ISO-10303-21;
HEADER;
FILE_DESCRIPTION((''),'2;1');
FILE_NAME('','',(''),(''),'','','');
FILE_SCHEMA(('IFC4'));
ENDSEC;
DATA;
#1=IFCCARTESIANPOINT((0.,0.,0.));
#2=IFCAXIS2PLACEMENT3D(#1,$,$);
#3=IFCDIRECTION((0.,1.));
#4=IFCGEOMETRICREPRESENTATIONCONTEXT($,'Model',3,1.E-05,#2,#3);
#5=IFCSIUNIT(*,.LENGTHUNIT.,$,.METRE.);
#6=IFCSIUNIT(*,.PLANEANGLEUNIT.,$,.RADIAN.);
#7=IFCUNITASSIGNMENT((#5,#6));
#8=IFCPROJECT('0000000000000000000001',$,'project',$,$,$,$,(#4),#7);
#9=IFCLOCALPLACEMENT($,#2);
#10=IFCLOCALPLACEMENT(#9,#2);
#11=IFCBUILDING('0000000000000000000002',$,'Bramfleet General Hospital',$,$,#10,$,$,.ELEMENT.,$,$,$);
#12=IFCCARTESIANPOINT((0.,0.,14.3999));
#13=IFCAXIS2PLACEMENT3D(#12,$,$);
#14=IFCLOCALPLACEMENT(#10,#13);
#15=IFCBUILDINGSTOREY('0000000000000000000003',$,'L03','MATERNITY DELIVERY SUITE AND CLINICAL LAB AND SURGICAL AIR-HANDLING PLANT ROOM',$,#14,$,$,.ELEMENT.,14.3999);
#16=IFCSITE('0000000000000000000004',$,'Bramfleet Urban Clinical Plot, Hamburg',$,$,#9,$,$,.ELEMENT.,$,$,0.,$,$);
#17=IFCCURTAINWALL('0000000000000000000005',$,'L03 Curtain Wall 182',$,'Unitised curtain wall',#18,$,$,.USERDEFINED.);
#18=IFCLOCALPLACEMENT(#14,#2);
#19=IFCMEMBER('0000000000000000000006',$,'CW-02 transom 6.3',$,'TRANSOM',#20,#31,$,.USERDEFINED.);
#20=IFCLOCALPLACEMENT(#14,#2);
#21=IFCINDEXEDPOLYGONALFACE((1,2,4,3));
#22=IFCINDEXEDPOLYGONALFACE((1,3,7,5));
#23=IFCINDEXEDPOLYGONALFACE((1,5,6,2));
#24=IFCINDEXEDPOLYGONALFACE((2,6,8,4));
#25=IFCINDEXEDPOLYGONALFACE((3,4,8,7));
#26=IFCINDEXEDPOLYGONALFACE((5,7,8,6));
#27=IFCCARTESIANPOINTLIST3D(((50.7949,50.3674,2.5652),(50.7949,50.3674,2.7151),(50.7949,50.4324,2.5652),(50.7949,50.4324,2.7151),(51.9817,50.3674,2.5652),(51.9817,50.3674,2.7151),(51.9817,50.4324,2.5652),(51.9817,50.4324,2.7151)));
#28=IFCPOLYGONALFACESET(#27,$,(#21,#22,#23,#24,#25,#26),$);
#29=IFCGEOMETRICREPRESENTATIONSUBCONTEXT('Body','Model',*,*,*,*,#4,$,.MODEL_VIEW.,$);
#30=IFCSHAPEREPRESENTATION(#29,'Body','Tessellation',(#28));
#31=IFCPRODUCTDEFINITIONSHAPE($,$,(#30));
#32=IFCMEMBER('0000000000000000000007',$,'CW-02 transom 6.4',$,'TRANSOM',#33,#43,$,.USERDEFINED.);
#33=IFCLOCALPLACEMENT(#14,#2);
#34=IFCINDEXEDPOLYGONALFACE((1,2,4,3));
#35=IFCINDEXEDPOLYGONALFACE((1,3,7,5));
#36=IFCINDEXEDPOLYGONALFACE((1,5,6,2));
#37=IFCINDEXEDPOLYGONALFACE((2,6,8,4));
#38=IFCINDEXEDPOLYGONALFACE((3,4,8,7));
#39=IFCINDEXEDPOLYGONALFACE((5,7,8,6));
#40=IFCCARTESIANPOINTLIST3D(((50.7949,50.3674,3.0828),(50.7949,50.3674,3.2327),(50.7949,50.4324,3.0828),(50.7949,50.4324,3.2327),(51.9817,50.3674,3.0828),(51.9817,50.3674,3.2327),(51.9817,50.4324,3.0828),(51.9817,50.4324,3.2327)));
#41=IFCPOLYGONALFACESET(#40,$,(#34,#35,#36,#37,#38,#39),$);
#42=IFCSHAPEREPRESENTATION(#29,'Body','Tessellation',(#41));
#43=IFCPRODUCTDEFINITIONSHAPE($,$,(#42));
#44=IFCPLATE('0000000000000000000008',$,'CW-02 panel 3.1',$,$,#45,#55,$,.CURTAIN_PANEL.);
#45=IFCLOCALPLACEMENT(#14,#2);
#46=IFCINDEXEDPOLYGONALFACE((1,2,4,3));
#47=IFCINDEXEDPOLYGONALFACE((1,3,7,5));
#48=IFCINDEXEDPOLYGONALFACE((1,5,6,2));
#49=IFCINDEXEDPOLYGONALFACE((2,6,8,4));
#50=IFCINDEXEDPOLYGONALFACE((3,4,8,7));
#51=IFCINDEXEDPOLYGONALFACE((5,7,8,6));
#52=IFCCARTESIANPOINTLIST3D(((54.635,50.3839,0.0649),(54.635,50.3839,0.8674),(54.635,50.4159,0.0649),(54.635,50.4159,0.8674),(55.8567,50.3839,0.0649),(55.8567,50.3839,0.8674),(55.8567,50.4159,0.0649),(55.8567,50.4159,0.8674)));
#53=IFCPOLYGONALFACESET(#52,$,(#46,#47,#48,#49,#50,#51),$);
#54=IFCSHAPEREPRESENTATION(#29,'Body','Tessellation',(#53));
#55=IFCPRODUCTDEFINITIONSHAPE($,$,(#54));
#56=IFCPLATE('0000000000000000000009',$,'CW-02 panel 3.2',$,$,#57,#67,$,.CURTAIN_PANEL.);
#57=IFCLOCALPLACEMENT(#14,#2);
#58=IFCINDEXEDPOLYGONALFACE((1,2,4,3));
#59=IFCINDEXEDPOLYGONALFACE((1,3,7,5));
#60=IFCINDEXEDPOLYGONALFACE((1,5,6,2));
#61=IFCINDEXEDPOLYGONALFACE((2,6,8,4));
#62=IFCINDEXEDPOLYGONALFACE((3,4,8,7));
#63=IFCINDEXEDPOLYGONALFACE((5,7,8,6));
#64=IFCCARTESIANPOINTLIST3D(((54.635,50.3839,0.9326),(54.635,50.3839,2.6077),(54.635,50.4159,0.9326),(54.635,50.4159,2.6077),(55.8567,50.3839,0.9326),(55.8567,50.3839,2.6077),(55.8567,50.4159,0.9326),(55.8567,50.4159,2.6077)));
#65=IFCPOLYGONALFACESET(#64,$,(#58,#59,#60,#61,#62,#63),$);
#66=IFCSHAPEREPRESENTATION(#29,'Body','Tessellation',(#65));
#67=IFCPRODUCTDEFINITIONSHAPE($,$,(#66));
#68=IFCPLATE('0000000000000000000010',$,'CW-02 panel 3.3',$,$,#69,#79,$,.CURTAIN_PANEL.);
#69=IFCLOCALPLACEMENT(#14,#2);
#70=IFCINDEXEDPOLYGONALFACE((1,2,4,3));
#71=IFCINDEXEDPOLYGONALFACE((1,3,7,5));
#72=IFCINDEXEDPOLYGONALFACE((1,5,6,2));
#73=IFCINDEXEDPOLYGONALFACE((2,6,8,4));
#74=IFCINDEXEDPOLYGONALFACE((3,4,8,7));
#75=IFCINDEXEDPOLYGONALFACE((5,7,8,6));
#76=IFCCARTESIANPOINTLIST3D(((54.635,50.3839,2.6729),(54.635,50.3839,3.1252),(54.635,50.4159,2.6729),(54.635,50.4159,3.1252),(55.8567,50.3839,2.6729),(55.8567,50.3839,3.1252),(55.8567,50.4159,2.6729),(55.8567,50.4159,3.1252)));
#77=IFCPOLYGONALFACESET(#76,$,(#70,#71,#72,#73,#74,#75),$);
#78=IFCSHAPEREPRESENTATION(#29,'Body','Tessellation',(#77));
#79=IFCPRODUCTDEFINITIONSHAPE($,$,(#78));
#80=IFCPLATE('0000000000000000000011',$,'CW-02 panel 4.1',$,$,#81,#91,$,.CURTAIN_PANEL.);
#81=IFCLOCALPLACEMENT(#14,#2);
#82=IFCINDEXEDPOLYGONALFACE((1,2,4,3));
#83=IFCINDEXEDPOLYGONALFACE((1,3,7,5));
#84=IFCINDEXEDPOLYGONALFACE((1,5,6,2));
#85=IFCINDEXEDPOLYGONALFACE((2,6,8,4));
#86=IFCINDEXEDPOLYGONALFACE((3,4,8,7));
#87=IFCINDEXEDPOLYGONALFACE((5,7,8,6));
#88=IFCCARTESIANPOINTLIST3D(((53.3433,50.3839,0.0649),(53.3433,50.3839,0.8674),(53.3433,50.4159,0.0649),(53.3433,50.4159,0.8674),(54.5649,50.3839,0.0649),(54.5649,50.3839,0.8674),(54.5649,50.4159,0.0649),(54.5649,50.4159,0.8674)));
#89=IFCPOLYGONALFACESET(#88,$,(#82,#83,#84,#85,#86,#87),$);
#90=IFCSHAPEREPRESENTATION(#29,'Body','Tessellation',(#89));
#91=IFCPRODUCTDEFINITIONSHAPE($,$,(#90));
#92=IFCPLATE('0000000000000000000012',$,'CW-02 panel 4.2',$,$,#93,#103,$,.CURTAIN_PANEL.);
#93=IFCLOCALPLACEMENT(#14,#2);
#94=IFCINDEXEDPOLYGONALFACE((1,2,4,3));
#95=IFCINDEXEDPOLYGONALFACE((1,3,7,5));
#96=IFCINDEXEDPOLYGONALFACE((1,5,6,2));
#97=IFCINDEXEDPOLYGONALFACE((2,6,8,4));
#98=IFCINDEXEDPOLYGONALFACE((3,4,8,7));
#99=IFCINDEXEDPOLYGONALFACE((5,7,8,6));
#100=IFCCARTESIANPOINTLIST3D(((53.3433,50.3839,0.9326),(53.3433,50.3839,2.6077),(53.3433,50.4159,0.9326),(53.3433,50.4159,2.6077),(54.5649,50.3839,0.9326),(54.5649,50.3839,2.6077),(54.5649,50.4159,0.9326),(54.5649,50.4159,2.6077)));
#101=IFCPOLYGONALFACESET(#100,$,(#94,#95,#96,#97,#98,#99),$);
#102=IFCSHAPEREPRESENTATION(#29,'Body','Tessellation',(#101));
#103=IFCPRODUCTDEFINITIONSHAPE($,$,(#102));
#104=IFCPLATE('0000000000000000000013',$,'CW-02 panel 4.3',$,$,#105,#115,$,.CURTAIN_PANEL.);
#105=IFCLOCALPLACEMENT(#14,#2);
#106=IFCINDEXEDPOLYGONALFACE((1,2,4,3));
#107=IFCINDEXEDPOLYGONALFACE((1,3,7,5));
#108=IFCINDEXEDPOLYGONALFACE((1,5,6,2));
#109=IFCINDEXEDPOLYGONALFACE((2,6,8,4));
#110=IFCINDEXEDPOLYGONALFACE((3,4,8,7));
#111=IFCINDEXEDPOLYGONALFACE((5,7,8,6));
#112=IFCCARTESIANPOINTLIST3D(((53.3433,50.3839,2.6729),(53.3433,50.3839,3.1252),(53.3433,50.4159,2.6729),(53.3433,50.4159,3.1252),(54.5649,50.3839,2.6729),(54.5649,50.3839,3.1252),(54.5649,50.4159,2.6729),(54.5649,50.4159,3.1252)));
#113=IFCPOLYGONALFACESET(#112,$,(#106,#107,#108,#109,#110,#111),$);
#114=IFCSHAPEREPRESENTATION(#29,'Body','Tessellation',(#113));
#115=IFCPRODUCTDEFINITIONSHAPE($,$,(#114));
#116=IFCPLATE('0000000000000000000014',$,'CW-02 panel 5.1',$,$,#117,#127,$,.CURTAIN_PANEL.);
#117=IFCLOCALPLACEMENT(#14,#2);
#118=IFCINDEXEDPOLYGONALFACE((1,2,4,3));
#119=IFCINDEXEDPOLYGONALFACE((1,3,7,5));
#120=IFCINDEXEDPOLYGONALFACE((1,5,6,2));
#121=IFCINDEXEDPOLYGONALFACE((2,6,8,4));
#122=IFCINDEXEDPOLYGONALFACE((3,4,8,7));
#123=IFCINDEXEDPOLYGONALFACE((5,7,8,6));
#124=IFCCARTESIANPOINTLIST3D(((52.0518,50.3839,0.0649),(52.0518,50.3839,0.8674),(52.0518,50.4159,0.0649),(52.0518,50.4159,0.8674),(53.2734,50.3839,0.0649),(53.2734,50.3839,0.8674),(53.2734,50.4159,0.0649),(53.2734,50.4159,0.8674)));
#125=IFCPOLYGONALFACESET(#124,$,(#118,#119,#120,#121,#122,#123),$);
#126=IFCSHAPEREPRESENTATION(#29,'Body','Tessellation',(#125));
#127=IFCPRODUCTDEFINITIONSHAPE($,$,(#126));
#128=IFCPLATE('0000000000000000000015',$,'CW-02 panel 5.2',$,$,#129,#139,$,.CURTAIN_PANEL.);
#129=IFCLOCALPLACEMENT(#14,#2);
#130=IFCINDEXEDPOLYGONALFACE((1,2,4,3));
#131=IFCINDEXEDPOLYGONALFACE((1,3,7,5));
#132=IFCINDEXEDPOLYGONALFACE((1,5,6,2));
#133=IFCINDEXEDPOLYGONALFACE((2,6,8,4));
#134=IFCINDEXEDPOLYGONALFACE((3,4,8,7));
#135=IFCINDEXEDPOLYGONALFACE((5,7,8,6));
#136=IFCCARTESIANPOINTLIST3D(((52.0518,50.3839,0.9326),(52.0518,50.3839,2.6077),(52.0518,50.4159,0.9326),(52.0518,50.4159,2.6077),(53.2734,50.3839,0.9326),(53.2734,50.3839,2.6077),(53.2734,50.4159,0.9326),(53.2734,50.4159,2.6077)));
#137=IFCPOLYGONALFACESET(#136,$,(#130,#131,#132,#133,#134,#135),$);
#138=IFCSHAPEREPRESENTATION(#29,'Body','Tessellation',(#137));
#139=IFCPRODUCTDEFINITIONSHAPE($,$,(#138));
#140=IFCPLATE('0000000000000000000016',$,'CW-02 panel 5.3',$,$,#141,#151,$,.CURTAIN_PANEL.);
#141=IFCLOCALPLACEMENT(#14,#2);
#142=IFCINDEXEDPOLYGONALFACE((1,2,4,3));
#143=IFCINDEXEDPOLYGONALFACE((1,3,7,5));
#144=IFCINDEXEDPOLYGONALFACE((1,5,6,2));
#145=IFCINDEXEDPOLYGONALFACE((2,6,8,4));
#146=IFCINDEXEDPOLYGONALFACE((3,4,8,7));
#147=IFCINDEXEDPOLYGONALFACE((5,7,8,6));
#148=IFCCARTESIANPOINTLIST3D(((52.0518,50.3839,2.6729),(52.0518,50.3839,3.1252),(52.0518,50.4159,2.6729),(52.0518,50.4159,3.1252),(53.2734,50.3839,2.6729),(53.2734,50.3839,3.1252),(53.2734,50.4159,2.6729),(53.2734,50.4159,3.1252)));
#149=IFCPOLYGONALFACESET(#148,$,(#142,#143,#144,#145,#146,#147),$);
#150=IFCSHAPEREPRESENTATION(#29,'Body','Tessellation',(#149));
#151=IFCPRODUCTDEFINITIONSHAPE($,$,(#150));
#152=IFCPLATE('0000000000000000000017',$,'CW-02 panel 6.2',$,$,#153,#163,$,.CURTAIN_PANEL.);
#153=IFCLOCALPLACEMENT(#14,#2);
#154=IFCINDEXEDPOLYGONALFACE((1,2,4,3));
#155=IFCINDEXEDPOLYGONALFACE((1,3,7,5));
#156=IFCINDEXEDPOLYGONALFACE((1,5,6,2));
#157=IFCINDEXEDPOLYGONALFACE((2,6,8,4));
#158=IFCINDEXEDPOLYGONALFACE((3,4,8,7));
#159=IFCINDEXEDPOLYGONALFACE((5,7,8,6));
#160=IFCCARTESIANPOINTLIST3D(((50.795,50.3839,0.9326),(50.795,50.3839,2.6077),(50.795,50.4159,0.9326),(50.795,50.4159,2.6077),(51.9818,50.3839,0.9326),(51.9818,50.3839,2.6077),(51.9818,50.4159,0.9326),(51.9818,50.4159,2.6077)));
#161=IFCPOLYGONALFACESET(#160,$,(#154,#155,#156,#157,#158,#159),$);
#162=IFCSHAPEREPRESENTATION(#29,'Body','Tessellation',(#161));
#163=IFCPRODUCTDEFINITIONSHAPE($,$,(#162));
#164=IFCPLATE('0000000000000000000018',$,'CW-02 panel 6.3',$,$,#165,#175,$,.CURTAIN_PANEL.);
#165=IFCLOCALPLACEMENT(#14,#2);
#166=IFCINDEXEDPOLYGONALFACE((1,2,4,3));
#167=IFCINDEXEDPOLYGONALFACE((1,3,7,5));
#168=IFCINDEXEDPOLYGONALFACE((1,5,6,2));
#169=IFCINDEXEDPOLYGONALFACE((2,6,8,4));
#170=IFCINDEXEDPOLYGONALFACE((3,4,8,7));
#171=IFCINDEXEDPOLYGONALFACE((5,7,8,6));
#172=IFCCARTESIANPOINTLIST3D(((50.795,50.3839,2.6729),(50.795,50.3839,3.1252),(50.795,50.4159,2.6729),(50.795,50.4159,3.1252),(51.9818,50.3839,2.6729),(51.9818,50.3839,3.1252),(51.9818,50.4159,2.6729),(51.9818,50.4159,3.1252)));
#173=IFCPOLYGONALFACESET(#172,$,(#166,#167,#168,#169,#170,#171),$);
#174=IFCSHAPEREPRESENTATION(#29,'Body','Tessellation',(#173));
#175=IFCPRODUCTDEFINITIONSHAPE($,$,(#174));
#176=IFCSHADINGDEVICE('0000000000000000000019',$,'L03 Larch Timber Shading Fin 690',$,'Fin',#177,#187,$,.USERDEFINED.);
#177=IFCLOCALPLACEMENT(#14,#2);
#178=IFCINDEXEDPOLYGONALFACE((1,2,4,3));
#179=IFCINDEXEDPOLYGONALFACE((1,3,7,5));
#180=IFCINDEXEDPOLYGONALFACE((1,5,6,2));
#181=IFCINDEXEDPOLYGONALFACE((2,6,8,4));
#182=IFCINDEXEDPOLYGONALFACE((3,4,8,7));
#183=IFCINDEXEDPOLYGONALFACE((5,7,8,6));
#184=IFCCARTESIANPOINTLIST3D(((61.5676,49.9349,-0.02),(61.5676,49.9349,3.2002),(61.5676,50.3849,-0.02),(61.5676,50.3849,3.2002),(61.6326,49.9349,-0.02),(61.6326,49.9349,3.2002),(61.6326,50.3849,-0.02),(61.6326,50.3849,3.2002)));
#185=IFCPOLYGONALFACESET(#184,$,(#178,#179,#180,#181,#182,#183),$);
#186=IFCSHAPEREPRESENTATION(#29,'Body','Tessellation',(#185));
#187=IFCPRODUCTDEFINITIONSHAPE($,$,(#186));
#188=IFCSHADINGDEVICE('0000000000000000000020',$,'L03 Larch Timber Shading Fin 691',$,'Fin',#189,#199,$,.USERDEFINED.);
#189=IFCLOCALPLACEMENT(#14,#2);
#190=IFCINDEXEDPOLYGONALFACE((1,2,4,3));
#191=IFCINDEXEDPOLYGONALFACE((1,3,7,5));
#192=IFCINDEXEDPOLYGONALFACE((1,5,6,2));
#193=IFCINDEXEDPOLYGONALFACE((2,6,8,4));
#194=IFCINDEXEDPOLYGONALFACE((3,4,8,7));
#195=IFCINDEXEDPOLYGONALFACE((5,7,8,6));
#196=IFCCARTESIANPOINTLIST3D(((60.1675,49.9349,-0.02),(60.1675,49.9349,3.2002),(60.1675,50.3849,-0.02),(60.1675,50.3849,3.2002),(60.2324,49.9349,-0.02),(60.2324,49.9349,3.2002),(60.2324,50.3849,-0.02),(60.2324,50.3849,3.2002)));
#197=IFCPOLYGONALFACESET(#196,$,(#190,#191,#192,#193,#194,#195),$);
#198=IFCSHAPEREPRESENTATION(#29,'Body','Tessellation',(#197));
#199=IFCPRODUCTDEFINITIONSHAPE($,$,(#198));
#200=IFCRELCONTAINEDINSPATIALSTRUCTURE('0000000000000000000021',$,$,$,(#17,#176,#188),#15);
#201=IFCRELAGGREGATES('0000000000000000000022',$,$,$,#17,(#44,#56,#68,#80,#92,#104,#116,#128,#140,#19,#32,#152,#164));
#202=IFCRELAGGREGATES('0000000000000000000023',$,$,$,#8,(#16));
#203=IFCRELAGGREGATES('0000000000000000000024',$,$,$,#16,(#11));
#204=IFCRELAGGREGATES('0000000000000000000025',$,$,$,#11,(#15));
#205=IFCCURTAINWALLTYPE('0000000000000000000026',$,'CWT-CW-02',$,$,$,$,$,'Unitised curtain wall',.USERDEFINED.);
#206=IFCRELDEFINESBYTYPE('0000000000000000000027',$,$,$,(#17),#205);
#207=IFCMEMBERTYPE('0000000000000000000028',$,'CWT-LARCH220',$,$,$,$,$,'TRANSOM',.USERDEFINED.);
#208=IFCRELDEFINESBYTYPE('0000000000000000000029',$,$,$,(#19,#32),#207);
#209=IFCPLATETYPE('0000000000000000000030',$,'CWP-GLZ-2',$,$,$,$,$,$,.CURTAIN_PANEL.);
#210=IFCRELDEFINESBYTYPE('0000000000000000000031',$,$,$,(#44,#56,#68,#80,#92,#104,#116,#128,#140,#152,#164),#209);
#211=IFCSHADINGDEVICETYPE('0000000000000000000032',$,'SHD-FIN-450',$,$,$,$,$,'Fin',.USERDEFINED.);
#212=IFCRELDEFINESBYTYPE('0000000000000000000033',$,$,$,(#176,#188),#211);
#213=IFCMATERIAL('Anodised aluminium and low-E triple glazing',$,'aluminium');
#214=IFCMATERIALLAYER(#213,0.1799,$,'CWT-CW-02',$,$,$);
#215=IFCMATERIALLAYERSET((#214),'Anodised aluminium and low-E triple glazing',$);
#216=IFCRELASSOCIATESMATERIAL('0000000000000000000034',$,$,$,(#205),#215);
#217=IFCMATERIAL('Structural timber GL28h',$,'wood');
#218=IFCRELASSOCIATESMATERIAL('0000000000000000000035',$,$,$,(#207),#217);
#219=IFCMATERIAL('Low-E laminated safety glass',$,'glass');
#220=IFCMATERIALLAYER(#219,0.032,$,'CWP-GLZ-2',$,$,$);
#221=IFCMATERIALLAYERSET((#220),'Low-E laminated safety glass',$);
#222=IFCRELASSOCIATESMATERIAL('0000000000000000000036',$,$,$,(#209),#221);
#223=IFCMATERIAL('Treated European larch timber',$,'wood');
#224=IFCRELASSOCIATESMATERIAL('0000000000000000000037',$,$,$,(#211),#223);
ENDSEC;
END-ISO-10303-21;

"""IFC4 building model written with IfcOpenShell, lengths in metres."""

from ifc_helpers import new_model, si_unit, direction, frame, origin, origin_2d, place, context, subcontext, project, spatial, rectangle, extrude, material, layer, layer_set, material_profile, profile_set, type_object, element, aggregate, save


model = new_model("IFC4")

# Units and contexts
model_context = context("Model", 3, precision=1e-05, world=origin(), true_north=direction((0.0, 1.0)))
body_context = subcontext(model_context, "Body", "Model", "MODEL_VIEW")
ifc_project = project(units=[si_unit("LENGTHUNIT", "METRE"), si_unit("PLANEANGLEUNIT", "RADIAN")], contexts=[model_context])

# Site, building, storey
site_placement = place(None, origin())
site = spatial("IfcSite", under=ifc_project, at=site_placement, Name="Bramfleet Urban Clinical Plot, Hamburg", CompositionType="ELEMENT", RefElevation=0.0)
building_placement = place(site_placement, origin())
building = spatial("IfcBuilding", under=site, at=building_placement, Name="Bramfleet General Hospital", CompositionType="ELEMENT")
storey_placement = place(building_placement, frame((0.0, 0.0, 14.3999)))
storey = spatial("IfcBuildingStorey", under=building, at=storey_placement, Name="L03", Description="MATERNITY DELIVERY SUITE AND CLINICAL LAB AND SURGICAL AIR-HANDLING PLANT ROOM", CompositionType="ELEMENT", Elevation=14.3999)

# Curtain wall, members, plates
ifc_material_1 = material(Name="Anodised aluminium and low-E triple glazing", Category="aluminium")
ifc_layer_1 = layer(ifc_material_1, 0.1799, Name="CWT-CW-02")
ifc_layer_set_1 = layer_set([ifc_layer_1], Name="Anodised aluminium and low-E triple glazing")
curtain_wall_type = type_object("IfcCurtainWallType", Name="CWT-CW-02", ElementType="Unitised curtain wall", PredefinedType="USERDEFINED", material=ifc_layer_set_1)
curtain_wall_placement = place(storey_placement, origin())
curtain_wall = element("IfcCurtainWall", 1, at=curtain_wall_placement, inside=storey, type_object=curtain_wall_type, Name="L03 Curtain Wall 182", ObjectType="Unitised curtain wall", PredefinedType="USERDEFINED")
ifc_material_2 = material(Name="Structural timber GL28h", Category="wood")
ifc_material_profile_1 = material_profile(ifc_material_2, rectangle(XDim=0.0649, YDim=0.1499, at=origin_2d()), Name="LARCH 150x65")
ifc_profile_set_1 = profile_set([ifc_material_profile_1], Name="Structural timber GL28h")
member_type_1 = type_object("IfcMemberType", Name="CWT-LARCH220", ElementType="TRANSOM", PredefinedType="USERDEFINED", material=ifc_profile_set_1)
member_1_placement = place(storey_placement, frame((51.9817, 50.3999, 2.6401), z_axis=(-1.0, 0.0, 0.0), x_axis=(0.0, -1.0, 0.0)))
member_1 = element("IfcMember", 2, at=member_1_placement, type_object=member_type_1, Name="CW-02 transom 6.3", ObjectType="TRANSOM", PredefinedType="USERDEFINED", context=body_context, shape_type="SweptSolid", body=[
    extrude(rectangle(XDim=0.0649, YDim=0.1499, at=origin_2d()), origin(), (0.0, 0.0, 1.0), 1.1868),
])
member_2_placement = place(storey_placement, frame((51.9817, 50.3999, 3.1577), z_axis=(-1.0, 0.0, 0.0), x_axis=(0.0, -1.0, 0.0)))
member_2 = element("IfcMember", 3, at=member_2_placement, type_object=member_type_1, Name="CW-02 transom 6.4", ObjectType="TRANSOM", PredefinedType="USERDEFINED", context=body_context, shape_type="SweptSolid", body=[
    extrude(rectangle(XDim=0.0649, YDim=0.1499, at=origin_2d()), origin(), (0.0, 0.0, 1.0), 1.1868),
])
ifc_material_3 = material(Name="Low-E laminated safety glass", Category="glass")
ifc_layer_2 = layer(ifc_material_3, 0.032, Name="CWP-GLZ-2")
ifc_layer_set_2 = layer_set([ifc_layer_2], Name="Low-E laminated safety glass")
plate_type = type_object("IfcPlateType", Name="CWP-GLZ-2", PredefinedType="CURTAIN_PANEL", material=ifc_layer_set_2)
plate_1_placement = place(storey_placement, frame((55.2458, 50.3999, 0.0649), z_axis=(0.0, 0.0, 1.0), x_axis=(-1.0, 0.0, 0.0)))
plate_1 = element("IfcPlate", 4, at=plate_1_placement, type_object=plate_type, Name="CW-02 panel 3.1", PredefinedType="CURTAIN_PANEL", context=body_context, shape_type="SweptSolid", body=[
    extrude(rectangle(XDim=1.2217, YDim=0.032, at=origin_2d()), origin(), (0.0, 0.0, 1.0), 0.8025),
])
plate_2_placement = place(storey_placement, frame((55.2458, 50.3999, 0.9326), z_axis=(0.0, 0.0, 1.0), x_axis=(-1.0, 0.0, 0.0)))
plate_2 = element("IfcPlate", 5, at=plate_2_placement, type_object=plate_type, Name="CW-02 panel 3.2", PredefinedType="CURTAIN_PANEL", context=body_context, shape_type="SweptSolid", body=[
    extrude(rectangle(XDim=1.2217, YDim=0.032, at=origin_2d()), origin(), (0.0, 0.0, 1.0), 1.675),
])
plate_3_placement = place(storey_placement, frame((55.2458, 50.3999, 2.6729), z_axis=(0.0, 0.0, 1.0), x_axis=(-1.0, 0.0, 0.0)))
plate_3 = element("IfcPlate", 6, at=plate_3_placement, type_object=plate_type, Name="CW-02 panel 3.3", PredefinedType="CURTAIN_PANEL", context=body_context, shape_type="SweptSolid", body=[
    extrude(rectangle(XDim=1.2217, YDim=0.032, at=origin_2d()), origin(), (0.0, 0.0, 1.0), 0.4524),
])
plate_4_placement = place(storey_placement, frame((53.9541, 50.3999, 0.0649), z_axis=(0.0, 0.0, 1.0), x_axis=(-1.0, 0.0, 0.0)))
plate_4 = element("IfcPlate", 7, at=plate_4_placement, type_object=plate_type, Name="CW-02 panel 4.1", PredefinedType="CURTAIN_PANEL", context=body_context, shape_type="SweptSolid", body=[
    extrude(rectangle(XDim=1.2217, YDim=0.032, at=origin_2d()), origin(), (0.0, 0.0, 1.0), 0.8025),
])
plate_5_placement = place(storey_placement, frame((53.9541, 50.3999, 0.9326), z_axis=(0.0, 0.0, 1.0), x_axis=(-1.0, 0.0, 0.0)))
plate_5 = element("IfcPlate", 8, at=plate_5_placement, type_object=plate_type, Name="CW-02 panel 4.2", PredefinedType="CURTAIN_PANEL", context=body_context, shape_type="SweptSolid", body=[
    extrude(rectangle(XDim=1.2217, YDim=0.032, at=origin_2d()), origin(), (0.0, 0.0, 1.0), 1.675),
])
plate_6_placement = place(storey_placement, frame((53.9541, 50.3999, 2.6729), z_axis=(0.0, 0.0, 1.0), x_axis=(-1.0, 0.0, 0.0)))
plate_6 = element("IfcPlate", 9, at=plate_6_placement, type_object=plate_type, Name="CW-02 panel 4.3", PredefinedType="CURTAIN_PANEL", context=body_context, shape_type="SweptSolid", body=[
    extrude(rectangle(XDim=1.2217, YDim=0.032, at=origin_2d()), origin(), (0.0, 0.0, 1.0), 0.4524),
])
plate_7_placement = place(storey_placement, frame((52.6626, 50.3999, 0.0649), z_axis=(0.0, 0.0, 1.0), x_axis=(-1.0, 0.0, 0.0)))
plate_7 = element("IfcPlate", 10, at=plate_7_placement, type_object=plate_type, Name="CW-02 panel 5.1", PredefinedType="CURTAIN_PANEL", context=body_context, shape_type="SweptSolid", body=[
    extrude(rectangle(XDim=1.2217, YDim=0.032, at=origin_2d()), origin(), (0.0, 0.0, 1.0), 0.8025),
])
plate_8_placement = place(storey_placement, frame((52.6626, 50.3999, 0.9326), z_axis=(0.0, 0.0, 1.0), x_axis=(-1.0, 0.0, 0.0)))
plate_8 = element("IfcPlate", 11, at=plate_8_placement, type_object=plate_type, Name="CW-02 panel 5.2", PredefinedType="CURTAIN_PANEL", context=body_context, shape_type="SweptSolid", body=[
    extrude(rectangle(XDim=1.2217, YDim=0.032, at=origin_2d()), origin(), (0.0, 0.0, 1.0), 1.675),
])
plate_9_placement = place(storey_placement, frame((52.6626, 50.3999, 2.6729), z_axis=(0.0, 0.0, 1.0), x_axis=(-1.0, 0.0, 0.0)))
plate_9 = element("IfcPlate", 12, at=plate_9_placement, type_object=plate_type, Name="CW-02 panel 5.3", PredefinedType="CURTAIN_PANEL", context=body_context, shape_type="SweptSolid", body=[
    extrude(rectangle(XDim=1.2217, YDim=0.032, at=origin_2d()), origin(), (0.0, 0.0, 1.0), 0.4524),
])
plate_10_placement = place(storey_placement, frame((51.3884, 50.3999, 0.9326), z_axis=(0.0, 0.0, 1.0), x_axis=(-1.0, 0.0, 0.0)))
plate_10 = element("IfcPlate", 13, at=plate_10_placement, type_object=plate_type, Name="CW-02 panel 6.2", PredefinedType="CURTAIN_PANEL", context=body_context, shape_type="SweptSolid", body=[
    extrude(rectangle(XDim=1.1868, YDim=0.032, at=origin_2d()), origin(), (0.0, 0.0, 1.0), 1.675),
])
plate_11_placement = place(storey_placement, frame((51.3884, 50.3999, 2.6729), z_axis=(0.0, 0.0, 1.0), x_axis=(-1.0, 0.0, 0.0)))
plate_11 = element("IfcPlate", 14, at=plate_11_placement, type_object=plate_type, Name="CW-02 panel 6.3", PredefinedType="CURTAIN_PANEL", context=body_context, shape_type="SweptSolid", body=[
    extrude(rectangle(XDim=1.1868, YDim=0.032, at=origin_2d()), origin(), (0.0, 0.0, 1.0), 0.4524),
])
aggregate(curtain_wall, [plate_1, plate_2, plate_3, plate_4, plate_5, plate_6, plate_7, plate_8, plate_9, member_1, member_2, plate_10, plate_11])

# Shading devices
ifc_material_4 = material(Name="Treated European larch timber", Category="wood")
ifc_material_profile_2 = material_profile(ifc_material_4, rectangle(XDim=0.0649, YDim=0.45, at=origin_2d()), Name="LARCH FIN 450x65")
ifc_profile_set_2 = profile_set([ifc_material_profile_2], Name="Treated European larch timber")
shading_device_type = type_object("IfcShadingDeviceType", Name="SHD-FIN-450", ElementType="Fin", PredefinedType="USERDEFINED", material=ifc_profile_set_2)
for number, where, z_axis, x_axis, name in (
    (15, (61.6001, 50.1599, -0.02), (0.0, 0.0, 1.0), (-1.0, 0.0, 0.0), "L03 Larch Timber Shading Fin 690"),
    (16, (60.2, 50.1599, -0.02), (0.0, 0.0, 1.0), (-1.0, 0.0, 0.0), "L03 Larch Timber Shading Fin 691"),
):
    element("IfcShadingDevice", number, at=place(storey_placement, frame(where, z_axis=z_axis, x_axis=x_axis)), inside=storey, type_object=shading_device_type, Name=name, ObjectType="Fin", PredefinedType="USERDEFINED", context=body_context, shape_type="SweptSolid", body=[
        extrude(rectangle(XDim=0.0649, YDim=0.45, at=origin_2d()), origin(), (0.0, 0.0, 1.0), 3.2202),
    ])

save(model, "model.ifc")
